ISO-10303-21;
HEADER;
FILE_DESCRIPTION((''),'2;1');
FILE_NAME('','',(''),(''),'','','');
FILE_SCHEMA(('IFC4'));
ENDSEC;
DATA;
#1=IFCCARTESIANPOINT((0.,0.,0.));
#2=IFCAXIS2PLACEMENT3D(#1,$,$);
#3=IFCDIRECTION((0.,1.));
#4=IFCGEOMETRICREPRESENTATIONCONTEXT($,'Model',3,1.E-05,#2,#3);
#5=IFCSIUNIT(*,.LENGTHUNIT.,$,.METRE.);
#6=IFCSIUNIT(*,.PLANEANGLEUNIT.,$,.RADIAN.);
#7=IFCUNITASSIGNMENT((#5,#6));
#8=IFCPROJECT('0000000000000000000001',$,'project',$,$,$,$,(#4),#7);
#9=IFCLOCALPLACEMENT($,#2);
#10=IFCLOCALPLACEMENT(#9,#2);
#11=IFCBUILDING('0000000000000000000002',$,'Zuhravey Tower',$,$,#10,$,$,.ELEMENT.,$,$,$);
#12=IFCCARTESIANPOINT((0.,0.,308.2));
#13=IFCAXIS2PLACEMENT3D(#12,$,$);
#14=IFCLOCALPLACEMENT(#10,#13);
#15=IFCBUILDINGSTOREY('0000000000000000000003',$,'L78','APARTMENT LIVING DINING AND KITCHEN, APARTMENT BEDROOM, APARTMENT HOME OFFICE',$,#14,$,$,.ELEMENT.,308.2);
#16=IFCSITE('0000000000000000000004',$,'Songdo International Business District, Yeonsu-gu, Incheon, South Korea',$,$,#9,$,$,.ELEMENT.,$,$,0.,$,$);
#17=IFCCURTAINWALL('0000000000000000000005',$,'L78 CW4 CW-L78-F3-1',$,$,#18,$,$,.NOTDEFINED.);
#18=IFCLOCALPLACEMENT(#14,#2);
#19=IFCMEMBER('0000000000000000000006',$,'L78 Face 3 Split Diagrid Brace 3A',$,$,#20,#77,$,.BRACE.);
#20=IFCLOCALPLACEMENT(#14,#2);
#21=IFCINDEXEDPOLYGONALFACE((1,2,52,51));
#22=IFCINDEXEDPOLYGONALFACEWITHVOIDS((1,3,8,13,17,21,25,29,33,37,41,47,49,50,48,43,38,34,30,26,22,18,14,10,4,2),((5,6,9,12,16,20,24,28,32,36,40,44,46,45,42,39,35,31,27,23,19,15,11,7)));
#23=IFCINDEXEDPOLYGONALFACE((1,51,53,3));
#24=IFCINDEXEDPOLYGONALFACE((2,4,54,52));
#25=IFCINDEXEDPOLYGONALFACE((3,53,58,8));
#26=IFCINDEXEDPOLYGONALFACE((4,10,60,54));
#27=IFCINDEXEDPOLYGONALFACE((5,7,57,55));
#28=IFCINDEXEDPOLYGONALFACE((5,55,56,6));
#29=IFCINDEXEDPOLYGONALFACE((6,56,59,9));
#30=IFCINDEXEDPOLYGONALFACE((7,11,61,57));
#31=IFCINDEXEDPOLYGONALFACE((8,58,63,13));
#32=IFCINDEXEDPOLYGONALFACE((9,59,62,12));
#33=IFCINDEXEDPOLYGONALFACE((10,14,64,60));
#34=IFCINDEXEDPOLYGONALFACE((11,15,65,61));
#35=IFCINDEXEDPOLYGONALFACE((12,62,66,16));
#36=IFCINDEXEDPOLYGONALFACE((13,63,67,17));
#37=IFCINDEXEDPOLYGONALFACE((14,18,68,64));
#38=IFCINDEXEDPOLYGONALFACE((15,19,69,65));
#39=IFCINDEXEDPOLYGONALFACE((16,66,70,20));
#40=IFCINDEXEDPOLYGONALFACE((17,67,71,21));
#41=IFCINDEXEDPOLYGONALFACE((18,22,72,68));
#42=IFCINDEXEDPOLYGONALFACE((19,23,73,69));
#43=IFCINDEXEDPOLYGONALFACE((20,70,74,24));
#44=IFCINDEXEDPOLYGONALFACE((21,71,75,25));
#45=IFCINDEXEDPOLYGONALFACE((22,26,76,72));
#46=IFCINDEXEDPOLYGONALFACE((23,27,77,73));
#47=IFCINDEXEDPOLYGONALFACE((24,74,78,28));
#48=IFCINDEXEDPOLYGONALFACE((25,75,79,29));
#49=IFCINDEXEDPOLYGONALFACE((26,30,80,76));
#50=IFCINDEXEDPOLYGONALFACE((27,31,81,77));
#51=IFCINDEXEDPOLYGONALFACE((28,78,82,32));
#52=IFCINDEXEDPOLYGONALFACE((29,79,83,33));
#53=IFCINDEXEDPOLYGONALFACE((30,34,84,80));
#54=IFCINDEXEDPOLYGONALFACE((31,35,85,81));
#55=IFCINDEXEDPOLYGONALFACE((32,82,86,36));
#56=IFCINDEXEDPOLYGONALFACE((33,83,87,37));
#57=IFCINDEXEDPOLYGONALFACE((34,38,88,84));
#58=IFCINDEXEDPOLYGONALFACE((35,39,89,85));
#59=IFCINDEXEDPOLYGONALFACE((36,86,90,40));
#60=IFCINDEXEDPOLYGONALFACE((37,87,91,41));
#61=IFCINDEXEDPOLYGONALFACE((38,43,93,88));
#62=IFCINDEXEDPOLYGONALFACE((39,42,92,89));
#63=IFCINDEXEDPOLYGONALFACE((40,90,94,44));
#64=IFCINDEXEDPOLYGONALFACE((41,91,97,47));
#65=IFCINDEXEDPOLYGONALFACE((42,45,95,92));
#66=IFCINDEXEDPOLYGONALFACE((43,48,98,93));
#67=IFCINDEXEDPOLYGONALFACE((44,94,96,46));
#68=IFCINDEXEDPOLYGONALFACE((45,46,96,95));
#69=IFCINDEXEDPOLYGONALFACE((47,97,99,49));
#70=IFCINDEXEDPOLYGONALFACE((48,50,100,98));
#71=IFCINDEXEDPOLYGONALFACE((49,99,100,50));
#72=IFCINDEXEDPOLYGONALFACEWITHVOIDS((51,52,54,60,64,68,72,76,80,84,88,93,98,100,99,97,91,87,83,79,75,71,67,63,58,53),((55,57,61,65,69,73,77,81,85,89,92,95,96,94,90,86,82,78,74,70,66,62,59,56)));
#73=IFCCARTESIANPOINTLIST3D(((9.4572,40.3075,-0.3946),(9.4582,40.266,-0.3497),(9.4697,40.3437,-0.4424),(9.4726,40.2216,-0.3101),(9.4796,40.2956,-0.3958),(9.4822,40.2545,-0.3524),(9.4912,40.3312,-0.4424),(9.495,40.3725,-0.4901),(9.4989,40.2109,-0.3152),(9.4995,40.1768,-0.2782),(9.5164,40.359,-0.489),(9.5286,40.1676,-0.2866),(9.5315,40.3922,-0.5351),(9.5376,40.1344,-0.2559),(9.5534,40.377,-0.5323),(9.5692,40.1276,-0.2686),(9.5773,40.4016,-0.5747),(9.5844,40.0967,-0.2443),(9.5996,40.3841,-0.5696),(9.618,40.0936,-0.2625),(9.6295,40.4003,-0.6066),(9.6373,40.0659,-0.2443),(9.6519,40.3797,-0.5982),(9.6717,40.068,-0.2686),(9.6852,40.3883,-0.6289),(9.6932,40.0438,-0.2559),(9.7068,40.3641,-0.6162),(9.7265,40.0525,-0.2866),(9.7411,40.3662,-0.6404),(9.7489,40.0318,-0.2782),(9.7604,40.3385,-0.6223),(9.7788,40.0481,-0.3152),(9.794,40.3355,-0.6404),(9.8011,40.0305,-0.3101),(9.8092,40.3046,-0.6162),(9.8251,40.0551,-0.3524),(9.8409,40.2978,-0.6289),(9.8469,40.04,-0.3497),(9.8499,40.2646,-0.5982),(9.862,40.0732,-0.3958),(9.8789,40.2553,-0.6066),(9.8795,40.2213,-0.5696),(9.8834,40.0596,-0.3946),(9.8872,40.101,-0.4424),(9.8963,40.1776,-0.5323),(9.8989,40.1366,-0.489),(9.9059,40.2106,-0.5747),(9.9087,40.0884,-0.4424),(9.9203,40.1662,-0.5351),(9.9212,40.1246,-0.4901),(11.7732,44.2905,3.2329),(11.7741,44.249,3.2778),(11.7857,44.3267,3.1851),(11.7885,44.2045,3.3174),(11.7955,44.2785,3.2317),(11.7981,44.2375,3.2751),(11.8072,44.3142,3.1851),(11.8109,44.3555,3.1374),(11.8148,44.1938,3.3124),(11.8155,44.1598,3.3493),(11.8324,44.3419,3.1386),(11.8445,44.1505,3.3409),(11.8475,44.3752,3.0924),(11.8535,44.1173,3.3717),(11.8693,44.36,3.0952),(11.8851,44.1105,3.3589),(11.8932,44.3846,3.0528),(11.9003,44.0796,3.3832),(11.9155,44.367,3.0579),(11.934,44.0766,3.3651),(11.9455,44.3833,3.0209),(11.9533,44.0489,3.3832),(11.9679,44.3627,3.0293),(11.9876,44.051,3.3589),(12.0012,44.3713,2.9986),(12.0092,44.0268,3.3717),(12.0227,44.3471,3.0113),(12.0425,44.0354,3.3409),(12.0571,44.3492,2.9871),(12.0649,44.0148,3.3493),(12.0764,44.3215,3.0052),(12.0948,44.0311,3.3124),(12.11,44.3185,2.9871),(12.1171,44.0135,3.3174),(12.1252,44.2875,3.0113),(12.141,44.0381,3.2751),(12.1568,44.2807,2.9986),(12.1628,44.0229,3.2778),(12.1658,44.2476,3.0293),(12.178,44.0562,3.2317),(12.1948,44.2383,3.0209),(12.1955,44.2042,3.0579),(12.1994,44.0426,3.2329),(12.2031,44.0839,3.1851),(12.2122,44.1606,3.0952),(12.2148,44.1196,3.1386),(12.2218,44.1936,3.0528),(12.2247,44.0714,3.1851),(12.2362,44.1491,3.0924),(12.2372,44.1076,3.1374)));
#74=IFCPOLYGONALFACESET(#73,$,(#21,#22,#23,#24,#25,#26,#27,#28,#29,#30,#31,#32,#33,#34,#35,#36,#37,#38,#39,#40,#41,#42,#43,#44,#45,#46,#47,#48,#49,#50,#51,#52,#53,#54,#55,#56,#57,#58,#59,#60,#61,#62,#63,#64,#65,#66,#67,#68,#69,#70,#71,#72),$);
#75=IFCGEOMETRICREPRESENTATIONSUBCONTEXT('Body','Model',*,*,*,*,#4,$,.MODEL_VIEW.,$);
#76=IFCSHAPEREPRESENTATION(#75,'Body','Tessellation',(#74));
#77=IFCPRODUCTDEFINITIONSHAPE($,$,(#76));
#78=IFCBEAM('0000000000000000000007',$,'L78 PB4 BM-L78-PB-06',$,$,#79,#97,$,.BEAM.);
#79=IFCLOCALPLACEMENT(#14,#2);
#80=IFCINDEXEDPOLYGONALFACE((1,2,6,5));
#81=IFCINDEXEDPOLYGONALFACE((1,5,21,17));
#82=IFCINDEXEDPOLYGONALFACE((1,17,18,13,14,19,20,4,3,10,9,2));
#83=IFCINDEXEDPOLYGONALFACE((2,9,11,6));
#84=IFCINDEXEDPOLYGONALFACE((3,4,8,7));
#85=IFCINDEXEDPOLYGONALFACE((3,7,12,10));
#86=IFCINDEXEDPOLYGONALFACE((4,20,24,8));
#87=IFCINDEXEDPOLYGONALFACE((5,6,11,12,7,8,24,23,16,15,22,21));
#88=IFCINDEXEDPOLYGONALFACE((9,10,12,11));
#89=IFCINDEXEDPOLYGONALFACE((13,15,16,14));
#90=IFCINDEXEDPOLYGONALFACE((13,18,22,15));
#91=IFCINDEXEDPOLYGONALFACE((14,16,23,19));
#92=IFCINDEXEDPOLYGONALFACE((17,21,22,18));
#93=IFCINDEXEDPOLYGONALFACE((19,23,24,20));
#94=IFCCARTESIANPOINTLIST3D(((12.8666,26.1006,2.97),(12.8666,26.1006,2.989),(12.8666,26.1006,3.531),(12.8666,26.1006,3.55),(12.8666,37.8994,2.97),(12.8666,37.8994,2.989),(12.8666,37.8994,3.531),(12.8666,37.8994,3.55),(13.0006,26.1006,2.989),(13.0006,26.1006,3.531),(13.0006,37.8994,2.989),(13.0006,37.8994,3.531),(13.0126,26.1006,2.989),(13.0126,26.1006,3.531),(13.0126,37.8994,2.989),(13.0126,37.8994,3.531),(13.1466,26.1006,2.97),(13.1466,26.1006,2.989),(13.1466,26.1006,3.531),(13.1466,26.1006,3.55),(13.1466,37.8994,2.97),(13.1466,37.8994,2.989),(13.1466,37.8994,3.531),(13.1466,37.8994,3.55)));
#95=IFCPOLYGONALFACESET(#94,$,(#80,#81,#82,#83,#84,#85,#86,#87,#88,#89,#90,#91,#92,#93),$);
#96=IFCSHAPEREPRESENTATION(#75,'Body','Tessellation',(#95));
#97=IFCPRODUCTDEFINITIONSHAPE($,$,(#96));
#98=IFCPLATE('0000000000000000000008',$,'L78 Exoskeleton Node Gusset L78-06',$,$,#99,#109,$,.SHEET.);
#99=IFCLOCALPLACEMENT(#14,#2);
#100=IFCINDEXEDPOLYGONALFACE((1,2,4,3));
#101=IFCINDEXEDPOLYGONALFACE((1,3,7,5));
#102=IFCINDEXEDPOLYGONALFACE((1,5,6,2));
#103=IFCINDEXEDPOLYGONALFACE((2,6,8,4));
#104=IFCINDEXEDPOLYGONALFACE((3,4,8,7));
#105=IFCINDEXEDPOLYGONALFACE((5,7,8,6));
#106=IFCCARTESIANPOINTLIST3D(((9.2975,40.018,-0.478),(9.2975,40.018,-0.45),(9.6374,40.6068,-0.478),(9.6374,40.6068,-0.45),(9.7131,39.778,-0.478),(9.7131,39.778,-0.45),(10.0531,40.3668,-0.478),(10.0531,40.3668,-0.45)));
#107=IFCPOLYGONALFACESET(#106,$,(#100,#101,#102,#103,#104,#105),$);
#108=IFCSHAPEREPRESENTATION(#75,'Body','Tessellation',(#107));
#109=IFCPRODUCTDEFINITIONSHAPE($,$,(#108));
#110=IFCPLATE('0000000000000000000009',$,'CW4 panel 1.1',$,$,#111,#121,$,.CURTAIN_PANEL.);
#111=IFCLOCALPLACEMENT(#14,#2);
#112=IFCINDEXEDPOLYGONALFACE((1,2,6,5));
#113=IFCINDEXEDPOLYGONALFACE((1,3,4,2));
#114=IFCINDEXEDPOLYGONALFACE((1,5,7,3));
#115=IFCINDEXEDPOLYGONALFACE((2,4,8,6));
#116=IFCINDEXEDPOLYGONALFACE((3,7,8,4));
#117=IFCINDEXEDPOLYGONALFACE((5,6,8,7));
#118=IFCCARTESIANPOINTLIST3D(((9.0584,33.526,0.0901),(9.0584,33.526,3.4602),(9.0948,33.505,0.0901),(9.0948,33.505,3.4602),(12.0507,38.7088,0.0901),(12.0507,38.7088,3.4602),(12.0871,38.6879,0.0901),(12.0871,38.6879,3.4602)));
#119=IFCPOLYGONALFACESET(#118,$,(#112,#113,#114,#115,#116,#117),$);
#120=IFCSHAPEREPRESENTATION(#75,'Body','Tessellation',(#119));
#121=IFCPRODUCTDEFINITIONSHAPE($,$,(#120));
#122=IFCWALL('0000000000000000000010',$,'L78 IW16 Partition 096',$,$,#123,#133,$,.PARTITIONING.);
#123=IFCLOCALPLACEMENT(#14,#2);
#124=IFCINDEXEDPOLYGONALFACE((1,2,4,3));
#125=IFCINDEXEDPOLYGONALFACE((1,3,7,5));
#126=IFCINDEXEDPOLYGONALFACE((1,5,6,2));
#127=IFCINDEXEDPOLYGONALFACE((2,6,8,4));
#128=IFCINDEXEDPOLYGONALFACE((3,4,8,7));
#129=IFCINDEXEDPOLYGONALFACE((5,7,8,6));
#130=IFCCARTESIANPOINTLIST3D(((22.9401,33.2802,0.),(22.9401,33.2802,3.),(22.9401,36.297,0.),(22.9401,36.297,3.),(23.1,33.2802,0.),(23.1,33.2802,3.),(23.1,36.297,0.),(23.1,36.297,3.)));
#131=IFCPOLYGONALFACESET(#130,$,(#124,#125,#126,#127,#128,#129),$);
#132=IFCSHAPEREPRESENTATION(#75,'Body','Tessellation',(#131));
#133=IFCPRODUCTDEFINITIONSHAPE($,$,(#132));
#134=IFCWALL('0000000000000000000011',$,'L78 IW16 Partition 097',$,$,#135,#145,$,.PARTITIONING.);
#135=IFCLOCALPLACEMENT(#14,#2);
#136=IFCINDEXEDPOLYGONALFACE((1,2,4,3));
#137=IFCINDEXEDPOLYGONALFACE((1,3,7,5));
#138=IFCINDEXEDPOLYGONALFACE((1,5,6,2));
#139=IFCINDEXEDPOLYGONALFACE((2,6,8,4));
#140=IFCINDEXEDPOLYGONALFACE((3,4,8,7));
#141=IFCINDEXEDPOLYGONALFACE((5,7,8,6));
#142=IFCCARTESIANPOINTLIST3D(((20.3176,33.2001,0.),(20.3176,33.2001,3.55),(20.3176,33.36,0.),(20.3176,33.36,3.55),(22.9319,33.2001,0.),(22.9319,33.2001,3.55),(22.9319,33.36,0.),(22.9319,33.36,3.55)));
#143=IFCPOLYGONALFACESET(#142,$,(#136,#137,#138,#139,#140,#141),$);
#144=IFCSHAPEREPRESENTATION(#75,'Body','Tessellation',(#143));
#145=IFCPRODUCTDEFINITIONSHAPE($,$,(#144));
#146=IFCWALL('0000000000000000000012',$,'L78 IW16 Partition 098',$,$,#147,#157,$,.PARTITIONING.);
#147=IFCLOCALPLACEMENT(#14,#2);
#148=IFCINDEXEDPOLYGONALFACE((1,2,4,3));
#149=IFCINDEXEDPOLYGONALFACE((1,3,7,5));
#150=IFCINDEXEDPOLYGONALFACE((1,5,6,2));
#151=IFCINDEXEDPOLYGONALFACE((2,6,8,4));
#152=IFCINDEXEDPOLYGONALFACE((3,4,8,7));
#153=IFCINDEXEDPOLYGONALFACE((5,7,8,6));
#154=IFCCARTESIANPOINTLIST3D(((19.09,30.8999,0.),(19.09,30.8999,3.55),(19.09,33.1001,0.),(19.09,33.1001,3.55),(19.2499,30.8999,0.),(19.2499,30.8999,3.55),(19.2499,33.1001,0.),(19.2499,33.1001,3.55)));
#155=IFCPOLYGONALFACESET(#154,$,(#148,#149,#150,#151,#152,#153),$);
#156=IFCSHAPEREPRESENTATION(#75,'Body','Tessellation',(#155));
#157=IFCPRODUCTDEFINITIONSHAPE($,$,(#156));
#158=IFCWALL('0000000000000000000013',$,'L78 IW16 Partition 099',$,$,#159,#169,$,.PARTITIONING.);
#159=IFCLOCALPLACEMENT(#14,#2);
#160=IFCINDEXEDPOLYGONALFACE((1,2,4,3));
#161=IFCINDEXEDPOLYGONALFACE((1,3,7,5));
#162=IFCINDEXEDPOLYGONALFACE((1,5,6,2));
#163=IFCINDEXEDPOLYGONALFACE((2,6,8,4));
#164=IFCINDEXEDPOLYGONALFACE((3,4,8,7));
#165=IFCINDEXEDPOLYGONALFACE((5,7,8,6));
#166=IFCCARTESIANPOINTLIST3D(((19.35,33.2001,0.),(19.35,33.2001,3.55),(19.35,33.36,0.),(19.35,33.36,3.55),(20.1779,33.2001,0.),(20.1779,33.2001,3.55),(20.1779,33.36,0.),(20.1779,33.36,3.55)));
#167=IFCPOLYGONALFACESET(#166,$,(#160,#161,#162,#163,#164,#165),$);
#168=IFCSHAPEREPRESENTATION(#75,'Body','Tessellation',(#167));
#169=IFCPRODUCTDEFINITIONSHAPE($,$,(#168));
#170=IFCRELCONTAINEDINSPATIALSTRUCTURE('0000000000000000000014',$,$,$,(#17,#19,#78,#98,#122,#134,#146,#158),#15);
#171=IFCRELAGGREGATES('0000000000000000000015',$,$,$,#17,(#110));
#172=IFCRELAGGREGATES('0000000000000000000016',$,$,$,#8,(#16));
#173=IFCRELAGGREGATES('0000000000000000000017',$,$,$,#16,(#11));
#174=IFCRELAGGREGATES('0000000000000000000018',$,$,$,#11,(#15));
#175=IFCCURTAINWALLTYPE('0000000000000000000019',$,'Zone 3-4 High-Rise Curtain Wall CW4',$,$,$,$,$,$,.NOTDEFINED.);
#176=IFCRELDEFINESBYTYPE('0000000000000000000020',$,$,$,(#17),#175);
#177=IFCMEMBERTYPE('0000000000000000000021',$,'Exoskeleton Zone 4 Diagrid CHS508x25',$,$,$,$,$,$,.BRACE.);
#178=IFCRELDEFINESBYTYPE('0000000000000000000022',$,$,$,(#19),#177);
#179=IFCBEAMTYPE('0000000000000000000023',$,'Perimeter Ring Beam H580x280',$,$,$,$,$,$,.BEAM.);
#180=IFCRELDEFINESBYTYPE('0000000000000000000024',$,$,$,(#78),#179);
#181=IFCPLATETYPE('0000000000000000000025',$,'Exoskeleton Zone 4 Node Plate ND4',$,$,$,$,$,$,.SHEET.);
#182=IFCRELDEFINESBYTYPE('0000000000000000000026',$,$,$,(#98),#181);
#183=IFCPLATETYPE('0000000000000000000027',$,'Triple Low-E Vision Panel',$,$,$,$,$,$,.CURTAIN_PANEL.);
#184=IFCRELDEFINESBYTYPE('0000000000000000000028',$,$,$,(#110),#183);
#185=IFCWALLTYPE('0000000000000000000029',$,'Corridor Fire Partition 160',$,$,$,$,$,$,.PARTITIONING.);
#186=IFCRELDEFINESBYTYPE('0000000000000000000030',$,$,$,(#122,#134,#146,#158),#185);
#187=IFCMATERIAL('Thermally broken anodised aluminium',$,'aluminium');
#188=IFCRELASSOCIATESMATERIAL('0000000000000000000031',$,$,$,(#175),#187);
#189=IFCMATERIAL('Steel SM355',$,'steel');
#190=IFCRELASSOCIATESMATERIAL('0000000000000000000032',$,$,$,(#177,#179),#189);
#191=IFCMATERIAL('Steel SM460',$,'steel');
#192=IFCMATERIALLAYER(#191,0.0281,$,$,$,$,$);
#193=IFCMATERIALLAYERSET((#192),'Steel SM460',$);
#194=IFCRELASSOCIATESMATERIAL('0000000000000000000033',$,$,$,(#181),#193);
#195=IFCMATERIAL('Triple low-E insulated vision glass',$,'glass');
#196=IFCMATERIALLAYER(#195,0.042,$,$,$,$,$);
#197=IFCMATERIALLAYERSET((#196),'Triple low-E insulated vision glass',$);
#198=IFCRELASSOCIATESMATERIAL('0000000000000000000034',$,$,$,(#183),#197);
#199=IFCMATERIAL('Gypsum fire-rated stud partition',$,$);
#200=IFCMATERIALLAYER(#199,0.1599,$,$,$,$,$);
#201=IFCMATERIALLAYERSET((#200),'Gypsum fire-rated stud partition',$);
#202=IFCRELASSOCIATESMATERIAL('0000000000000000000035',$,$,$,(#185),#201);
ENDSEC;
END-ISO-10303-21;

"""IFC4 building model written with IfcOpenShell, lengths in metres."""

from ifc_helpers import new_model, si_unit, direction, frame, frame_2d, origin, origin_2d, place, context, subcontext, project, spatial, rectangle, hollow_circle, i_section, extrude, material, layer, layer_set, material_profile, profile_set, type_object, element, aggregate, save


model = new_model("IFC4")

# Units and contexts
model_context = context("Model", 3, precision=1e-05, world=origin(), true_north=direction((0.0, 1.0)))
body_context = subcontext(model_context, "Body", "Model", "MODEL_VIEW")
ifc_project = project(units=[si_unit("LENGTHUNIT", "METRE"), si_unit("PLANEANGLEUNIT", "RADIAN")], contexts=[model_context])

# Site, building, storey
site_placement = place(None, origin())
site = spatial("IfcSite", under=ifc_project, at=site_placement, Name="Songdo International Business District, Yeonsu-gu, Incheon, South Korea", CompositionType="ELEMENT", RefElevation=0.0)
building_placement = place(site_placement, origin())
building = spatial("IfcBuilding", under=site, at=building_placement, Name="Zuhravey Tower", CompositionType="ELEMENT")
storey_placement = place(building_placement, frame((0.0, 0.0, 308.2)))
storey = spatial("IfcBuildingStorey", under=building, at=storey_placement, Name="L78", Description="APARTMENT LIVING DINING AND KITCHEN, APARTMENT BEDROOM, APARTMENT HOME OFFICE", CompositionType="ELEMENT", Elevation=308.2)

# Curtain wall
ifc_material_1 = material(Name="Thermally broken anodised aluminium", Category="aluminium")
curtain_wall_type = type_object("IfcCurtainWallType", Name="Zone 3-4 High-Rise Curtain Wall CW4", PredefinedType="NOTDEFINED", material=ifc_material_1)
curtain_wall_placement = place(storey_placement, origin())
curtain_wall = element("IfcCurtainWall", 1, at=curtain_wall_placement, inside=storey, type_object=curtain_wall_type, Name="L78 CW4 CW-L78-F3-1", PredefinedType="NOTDEFINED")

# Member
ifc_material_2 = material(Name="Steel SM355", Category="steel")
ifc_material_profile_1 = material_profile(ifc_material_2, hollow_circle(Radius=0.2539, WallThickness=0.0249, at=origin_2d()), Name="CHS-508.0x25")
ifc_profile_set_1 = profile_set([ifc_material_profile_1], Name="Steel SM355")
member_type_1 = type_object("IfcMemberType", Name="Exoskeleton Zone 4 Diagrid CHS508x25", PredefinedType="BRACE", material=ifc_profile_set_1)
member_1_placement = place(storey_placement, frame((9.6892, 40.2161, -0.4424), z_axis=(0.394945, 0.679225, 0.618605), x_axis=(-0.864481, 0.502665, 0.0)))
element("IfcMember", 2, at=member_1_placement, inside=storey, type_object=member_type_1, Name="L78 Face 3 Split Diagrid Brace 3A", PredefinedType="BRACE", context=body_context, shape_type="SweptSolid", body=[
    extrude(hollow_circle(Radius=0.2539, WallThickness=0.0249, at=origin_2d()), origin(), (0.0, 0.0, 1.0), 5.864),
])

# Beam
ifc_material_profile_2 = material_profile(ifc_material_2, i_section(OverallWidth=0.28, OverallDepth=0.5801, WebThickness=0.012, FlangeThickness=0.019, at=origin_2d()), Name="H-580x280x12x19")
ifc_profile_set_2 = profile_set([ifc_material_profile_2], Name="Steel SM355")
beam_type = type_object("IfcBeamType", Name="Perimeter Ring Beam H580x280", PredefinedType="BEAM", material=ifc_profile_set_2)
beam_placement = place(storey_placement, frame((13.0066, 37.8994, 3.26), z_axis=(0.0, -1.0, 0.0), x_axis=(1.0, 0.0, 0.0)))
element("IfcBeam", 3, at=beam_placement, inside=storey, type_object=beam_type, Name="L78 PB4 BM-L78-PB-06", PredefinedType="BEAM", context=body_context, shape_type="SweptSolid", body=[
    extrude(i_section(OverallWidth=0.28, OverallDepth=0.5801, WebThickness=0.012, FlangeThickness=0.019, at=origin_2d()), origin(), (0.0, 0.0, 1.0), 11.7988),
])

# Plates
ifc_material_3 = material(Name="Steel SM460", Category="steel")
ifc_layer_1 = layer(ifc_material_3, 0.0281)
ifc_layer_set_1 = layer_set([ifc_layer_1], Name="Steel SM460")
plate_type_1 = type_object("IfcPlateType", Name="Exoskeleton Zone 4 Node Plate ND4", PredefinedType="SHEET", material=ifc_layer_set_1)
plate_1_placement = place(storey_placement, frame((9.6753, 40.1924, -0.478), z_axis=(0.0, 0.0, 1.0), x_axis=(-0.5, -0.866025, 0.0)))
element("IfcPlate", 4, at=plate_1_placement, inside=storey, type_object=plate_type_1, Name="L78 Exoskeleton Node Gusset L78-06", PredefinedType="SHEET", context=body_context, shape_type="SweptSolid", body=[
    extrude(rectangle(XDim=0.6799, YDim=0.48, at=origin_2d()), origin(), (0.0, 0.0, 1.0), 0.0281),
])
ifc_material_4 = material(Name="Triple low-E insulated vision glass", Category="glass")
ifc_layer_2 = layer(ifc_material_4, 0.042)
ifc_layer_set_2 = layer_set([ifc_layer_2], Name="Triple low-E insulated vision glass")
plate_type_2 = type_object("IfcPlateType", Name="Triple Low-E Vision Panel", PredefinedType="CURTAIN_PANEL", material=ifc_layer_set_2)
plate_2_placement = place(storey_placement, frame((10.5728, 36.1069, 0.0901), z_axis=(0.0, 0.0, 1.0), x_axis=(0.5, 0.866026, 0.0)))
plate_2 = element("IfcPlate", 5, at=plate_2_placement, type_object=plate_type_2, Name="CW4 panel 1.1", PredefinedType="CURTAIN_PANEL", context=body_context, shape_type="SweptSolid", body=[
    extrude(rectangle(XDim=5.9846, YDim=0.042, at=origin_2d()), origin(), (0.0, 0.0, 1.0), 3.3701),
])
aggregate(curtain_wall, [plate_2])

# Walls
ifc_material_5 = material(Name="Gypsum fire-rated stud partition")
ifc_layer_3 = layer(ifc_material_5, 0.1599)
ifc_layer_set_3 = layer_set([ifc_layer_3], Name="Gypsum fire-rated stud partition")
wall_type_1 = type_object("IfcWallType", Name="Corridor Fire Partition 160", PredefinedType="PARTITIONING", material=ifc_layer_set_3)
wall_1_placement = place(storey_placement, frame((23.02, 36.2969, 0.0), z_axis=(0.0, 0.0, 1.0), x_axis=(0.0, -1.0, 0.0)))
element("IfcWall", 6, at=wall_1_placement, inside=storey, type_object=wall_type_1, Name="L78 IW16 Partition 096", PredefinedType="PARTITIONING", context=body_context, shape_type="SweptSolid", body=[
    extrude(rectangle(XDim=3.0168, YDim=0.1599, at=frame_2d((1.5083, 0.0))), origin(), (0.0, 0.0, 1.0), 3.0),
])
wall_2_placement = place(storey_placement, frame((22.9319, 33.28, 0.0), z_axis=(0.0, 0.0, 1.0), x_axis=(-1.0, 0.0, 0.0)))
element("IfcWall", 7, at=wall_2_placement, inside=storey, type_object=wall_type_1, Name="L78 IW16 Partition 097", PredefinedType="PARTITIONING", context=body_context, shape_type="SweptSolid", body=[
    extrude(rectangle(XDim=2.6143, YDim=0.1599, at=frame_2d((1.3071, 0.0))), origin(), (0.0, 0.0, 1.0), 3.55),
])
wall_3_placement = place(storey_placement, frame((19.1699, 33.1001, 0.0), z_axis=(0.0, 0.0, 1.0), x_axis=(0.0, -1.0, 0.0)))
element("IfcWall", 8, at=wall_3_placement, inside=storey, type_object=wall_type_1, Name="L78 IW16 Partition 098", PredefinedType="PARTITIONING", context=body_context, shape_type="SweptSolid", body=[
    extrude(rectangle(XDim=2.2002, YDim=0.1599, at=frame_2d((1.1001, 0.0))), origin(), (0.0, 0.0, 1.0), 3.55),
])
wall_4_placement = place(storey_placement, frame((20.178, 33.28, 0.0), z_axis=(0.0, 0.0, 1.0), x_axis=(-1.0, 0.0, 0.0)))
element("IfcWall", 9, at=wall_4_placement, inside=storey, type_object=wall_type_1, Name="L78 IW16 Partition 099", PredefinedType="PARTITIONING", context=body_context, shape_type="SweptSolid", body=[
    extrude(rectangle(XDim=0.8279, YDim=0.1599, at=frame_2d((0.4141, 0.0))), origin(), (0.0, 0.0, 1.0), 3.55),
])

save(model, "model.ifc")
